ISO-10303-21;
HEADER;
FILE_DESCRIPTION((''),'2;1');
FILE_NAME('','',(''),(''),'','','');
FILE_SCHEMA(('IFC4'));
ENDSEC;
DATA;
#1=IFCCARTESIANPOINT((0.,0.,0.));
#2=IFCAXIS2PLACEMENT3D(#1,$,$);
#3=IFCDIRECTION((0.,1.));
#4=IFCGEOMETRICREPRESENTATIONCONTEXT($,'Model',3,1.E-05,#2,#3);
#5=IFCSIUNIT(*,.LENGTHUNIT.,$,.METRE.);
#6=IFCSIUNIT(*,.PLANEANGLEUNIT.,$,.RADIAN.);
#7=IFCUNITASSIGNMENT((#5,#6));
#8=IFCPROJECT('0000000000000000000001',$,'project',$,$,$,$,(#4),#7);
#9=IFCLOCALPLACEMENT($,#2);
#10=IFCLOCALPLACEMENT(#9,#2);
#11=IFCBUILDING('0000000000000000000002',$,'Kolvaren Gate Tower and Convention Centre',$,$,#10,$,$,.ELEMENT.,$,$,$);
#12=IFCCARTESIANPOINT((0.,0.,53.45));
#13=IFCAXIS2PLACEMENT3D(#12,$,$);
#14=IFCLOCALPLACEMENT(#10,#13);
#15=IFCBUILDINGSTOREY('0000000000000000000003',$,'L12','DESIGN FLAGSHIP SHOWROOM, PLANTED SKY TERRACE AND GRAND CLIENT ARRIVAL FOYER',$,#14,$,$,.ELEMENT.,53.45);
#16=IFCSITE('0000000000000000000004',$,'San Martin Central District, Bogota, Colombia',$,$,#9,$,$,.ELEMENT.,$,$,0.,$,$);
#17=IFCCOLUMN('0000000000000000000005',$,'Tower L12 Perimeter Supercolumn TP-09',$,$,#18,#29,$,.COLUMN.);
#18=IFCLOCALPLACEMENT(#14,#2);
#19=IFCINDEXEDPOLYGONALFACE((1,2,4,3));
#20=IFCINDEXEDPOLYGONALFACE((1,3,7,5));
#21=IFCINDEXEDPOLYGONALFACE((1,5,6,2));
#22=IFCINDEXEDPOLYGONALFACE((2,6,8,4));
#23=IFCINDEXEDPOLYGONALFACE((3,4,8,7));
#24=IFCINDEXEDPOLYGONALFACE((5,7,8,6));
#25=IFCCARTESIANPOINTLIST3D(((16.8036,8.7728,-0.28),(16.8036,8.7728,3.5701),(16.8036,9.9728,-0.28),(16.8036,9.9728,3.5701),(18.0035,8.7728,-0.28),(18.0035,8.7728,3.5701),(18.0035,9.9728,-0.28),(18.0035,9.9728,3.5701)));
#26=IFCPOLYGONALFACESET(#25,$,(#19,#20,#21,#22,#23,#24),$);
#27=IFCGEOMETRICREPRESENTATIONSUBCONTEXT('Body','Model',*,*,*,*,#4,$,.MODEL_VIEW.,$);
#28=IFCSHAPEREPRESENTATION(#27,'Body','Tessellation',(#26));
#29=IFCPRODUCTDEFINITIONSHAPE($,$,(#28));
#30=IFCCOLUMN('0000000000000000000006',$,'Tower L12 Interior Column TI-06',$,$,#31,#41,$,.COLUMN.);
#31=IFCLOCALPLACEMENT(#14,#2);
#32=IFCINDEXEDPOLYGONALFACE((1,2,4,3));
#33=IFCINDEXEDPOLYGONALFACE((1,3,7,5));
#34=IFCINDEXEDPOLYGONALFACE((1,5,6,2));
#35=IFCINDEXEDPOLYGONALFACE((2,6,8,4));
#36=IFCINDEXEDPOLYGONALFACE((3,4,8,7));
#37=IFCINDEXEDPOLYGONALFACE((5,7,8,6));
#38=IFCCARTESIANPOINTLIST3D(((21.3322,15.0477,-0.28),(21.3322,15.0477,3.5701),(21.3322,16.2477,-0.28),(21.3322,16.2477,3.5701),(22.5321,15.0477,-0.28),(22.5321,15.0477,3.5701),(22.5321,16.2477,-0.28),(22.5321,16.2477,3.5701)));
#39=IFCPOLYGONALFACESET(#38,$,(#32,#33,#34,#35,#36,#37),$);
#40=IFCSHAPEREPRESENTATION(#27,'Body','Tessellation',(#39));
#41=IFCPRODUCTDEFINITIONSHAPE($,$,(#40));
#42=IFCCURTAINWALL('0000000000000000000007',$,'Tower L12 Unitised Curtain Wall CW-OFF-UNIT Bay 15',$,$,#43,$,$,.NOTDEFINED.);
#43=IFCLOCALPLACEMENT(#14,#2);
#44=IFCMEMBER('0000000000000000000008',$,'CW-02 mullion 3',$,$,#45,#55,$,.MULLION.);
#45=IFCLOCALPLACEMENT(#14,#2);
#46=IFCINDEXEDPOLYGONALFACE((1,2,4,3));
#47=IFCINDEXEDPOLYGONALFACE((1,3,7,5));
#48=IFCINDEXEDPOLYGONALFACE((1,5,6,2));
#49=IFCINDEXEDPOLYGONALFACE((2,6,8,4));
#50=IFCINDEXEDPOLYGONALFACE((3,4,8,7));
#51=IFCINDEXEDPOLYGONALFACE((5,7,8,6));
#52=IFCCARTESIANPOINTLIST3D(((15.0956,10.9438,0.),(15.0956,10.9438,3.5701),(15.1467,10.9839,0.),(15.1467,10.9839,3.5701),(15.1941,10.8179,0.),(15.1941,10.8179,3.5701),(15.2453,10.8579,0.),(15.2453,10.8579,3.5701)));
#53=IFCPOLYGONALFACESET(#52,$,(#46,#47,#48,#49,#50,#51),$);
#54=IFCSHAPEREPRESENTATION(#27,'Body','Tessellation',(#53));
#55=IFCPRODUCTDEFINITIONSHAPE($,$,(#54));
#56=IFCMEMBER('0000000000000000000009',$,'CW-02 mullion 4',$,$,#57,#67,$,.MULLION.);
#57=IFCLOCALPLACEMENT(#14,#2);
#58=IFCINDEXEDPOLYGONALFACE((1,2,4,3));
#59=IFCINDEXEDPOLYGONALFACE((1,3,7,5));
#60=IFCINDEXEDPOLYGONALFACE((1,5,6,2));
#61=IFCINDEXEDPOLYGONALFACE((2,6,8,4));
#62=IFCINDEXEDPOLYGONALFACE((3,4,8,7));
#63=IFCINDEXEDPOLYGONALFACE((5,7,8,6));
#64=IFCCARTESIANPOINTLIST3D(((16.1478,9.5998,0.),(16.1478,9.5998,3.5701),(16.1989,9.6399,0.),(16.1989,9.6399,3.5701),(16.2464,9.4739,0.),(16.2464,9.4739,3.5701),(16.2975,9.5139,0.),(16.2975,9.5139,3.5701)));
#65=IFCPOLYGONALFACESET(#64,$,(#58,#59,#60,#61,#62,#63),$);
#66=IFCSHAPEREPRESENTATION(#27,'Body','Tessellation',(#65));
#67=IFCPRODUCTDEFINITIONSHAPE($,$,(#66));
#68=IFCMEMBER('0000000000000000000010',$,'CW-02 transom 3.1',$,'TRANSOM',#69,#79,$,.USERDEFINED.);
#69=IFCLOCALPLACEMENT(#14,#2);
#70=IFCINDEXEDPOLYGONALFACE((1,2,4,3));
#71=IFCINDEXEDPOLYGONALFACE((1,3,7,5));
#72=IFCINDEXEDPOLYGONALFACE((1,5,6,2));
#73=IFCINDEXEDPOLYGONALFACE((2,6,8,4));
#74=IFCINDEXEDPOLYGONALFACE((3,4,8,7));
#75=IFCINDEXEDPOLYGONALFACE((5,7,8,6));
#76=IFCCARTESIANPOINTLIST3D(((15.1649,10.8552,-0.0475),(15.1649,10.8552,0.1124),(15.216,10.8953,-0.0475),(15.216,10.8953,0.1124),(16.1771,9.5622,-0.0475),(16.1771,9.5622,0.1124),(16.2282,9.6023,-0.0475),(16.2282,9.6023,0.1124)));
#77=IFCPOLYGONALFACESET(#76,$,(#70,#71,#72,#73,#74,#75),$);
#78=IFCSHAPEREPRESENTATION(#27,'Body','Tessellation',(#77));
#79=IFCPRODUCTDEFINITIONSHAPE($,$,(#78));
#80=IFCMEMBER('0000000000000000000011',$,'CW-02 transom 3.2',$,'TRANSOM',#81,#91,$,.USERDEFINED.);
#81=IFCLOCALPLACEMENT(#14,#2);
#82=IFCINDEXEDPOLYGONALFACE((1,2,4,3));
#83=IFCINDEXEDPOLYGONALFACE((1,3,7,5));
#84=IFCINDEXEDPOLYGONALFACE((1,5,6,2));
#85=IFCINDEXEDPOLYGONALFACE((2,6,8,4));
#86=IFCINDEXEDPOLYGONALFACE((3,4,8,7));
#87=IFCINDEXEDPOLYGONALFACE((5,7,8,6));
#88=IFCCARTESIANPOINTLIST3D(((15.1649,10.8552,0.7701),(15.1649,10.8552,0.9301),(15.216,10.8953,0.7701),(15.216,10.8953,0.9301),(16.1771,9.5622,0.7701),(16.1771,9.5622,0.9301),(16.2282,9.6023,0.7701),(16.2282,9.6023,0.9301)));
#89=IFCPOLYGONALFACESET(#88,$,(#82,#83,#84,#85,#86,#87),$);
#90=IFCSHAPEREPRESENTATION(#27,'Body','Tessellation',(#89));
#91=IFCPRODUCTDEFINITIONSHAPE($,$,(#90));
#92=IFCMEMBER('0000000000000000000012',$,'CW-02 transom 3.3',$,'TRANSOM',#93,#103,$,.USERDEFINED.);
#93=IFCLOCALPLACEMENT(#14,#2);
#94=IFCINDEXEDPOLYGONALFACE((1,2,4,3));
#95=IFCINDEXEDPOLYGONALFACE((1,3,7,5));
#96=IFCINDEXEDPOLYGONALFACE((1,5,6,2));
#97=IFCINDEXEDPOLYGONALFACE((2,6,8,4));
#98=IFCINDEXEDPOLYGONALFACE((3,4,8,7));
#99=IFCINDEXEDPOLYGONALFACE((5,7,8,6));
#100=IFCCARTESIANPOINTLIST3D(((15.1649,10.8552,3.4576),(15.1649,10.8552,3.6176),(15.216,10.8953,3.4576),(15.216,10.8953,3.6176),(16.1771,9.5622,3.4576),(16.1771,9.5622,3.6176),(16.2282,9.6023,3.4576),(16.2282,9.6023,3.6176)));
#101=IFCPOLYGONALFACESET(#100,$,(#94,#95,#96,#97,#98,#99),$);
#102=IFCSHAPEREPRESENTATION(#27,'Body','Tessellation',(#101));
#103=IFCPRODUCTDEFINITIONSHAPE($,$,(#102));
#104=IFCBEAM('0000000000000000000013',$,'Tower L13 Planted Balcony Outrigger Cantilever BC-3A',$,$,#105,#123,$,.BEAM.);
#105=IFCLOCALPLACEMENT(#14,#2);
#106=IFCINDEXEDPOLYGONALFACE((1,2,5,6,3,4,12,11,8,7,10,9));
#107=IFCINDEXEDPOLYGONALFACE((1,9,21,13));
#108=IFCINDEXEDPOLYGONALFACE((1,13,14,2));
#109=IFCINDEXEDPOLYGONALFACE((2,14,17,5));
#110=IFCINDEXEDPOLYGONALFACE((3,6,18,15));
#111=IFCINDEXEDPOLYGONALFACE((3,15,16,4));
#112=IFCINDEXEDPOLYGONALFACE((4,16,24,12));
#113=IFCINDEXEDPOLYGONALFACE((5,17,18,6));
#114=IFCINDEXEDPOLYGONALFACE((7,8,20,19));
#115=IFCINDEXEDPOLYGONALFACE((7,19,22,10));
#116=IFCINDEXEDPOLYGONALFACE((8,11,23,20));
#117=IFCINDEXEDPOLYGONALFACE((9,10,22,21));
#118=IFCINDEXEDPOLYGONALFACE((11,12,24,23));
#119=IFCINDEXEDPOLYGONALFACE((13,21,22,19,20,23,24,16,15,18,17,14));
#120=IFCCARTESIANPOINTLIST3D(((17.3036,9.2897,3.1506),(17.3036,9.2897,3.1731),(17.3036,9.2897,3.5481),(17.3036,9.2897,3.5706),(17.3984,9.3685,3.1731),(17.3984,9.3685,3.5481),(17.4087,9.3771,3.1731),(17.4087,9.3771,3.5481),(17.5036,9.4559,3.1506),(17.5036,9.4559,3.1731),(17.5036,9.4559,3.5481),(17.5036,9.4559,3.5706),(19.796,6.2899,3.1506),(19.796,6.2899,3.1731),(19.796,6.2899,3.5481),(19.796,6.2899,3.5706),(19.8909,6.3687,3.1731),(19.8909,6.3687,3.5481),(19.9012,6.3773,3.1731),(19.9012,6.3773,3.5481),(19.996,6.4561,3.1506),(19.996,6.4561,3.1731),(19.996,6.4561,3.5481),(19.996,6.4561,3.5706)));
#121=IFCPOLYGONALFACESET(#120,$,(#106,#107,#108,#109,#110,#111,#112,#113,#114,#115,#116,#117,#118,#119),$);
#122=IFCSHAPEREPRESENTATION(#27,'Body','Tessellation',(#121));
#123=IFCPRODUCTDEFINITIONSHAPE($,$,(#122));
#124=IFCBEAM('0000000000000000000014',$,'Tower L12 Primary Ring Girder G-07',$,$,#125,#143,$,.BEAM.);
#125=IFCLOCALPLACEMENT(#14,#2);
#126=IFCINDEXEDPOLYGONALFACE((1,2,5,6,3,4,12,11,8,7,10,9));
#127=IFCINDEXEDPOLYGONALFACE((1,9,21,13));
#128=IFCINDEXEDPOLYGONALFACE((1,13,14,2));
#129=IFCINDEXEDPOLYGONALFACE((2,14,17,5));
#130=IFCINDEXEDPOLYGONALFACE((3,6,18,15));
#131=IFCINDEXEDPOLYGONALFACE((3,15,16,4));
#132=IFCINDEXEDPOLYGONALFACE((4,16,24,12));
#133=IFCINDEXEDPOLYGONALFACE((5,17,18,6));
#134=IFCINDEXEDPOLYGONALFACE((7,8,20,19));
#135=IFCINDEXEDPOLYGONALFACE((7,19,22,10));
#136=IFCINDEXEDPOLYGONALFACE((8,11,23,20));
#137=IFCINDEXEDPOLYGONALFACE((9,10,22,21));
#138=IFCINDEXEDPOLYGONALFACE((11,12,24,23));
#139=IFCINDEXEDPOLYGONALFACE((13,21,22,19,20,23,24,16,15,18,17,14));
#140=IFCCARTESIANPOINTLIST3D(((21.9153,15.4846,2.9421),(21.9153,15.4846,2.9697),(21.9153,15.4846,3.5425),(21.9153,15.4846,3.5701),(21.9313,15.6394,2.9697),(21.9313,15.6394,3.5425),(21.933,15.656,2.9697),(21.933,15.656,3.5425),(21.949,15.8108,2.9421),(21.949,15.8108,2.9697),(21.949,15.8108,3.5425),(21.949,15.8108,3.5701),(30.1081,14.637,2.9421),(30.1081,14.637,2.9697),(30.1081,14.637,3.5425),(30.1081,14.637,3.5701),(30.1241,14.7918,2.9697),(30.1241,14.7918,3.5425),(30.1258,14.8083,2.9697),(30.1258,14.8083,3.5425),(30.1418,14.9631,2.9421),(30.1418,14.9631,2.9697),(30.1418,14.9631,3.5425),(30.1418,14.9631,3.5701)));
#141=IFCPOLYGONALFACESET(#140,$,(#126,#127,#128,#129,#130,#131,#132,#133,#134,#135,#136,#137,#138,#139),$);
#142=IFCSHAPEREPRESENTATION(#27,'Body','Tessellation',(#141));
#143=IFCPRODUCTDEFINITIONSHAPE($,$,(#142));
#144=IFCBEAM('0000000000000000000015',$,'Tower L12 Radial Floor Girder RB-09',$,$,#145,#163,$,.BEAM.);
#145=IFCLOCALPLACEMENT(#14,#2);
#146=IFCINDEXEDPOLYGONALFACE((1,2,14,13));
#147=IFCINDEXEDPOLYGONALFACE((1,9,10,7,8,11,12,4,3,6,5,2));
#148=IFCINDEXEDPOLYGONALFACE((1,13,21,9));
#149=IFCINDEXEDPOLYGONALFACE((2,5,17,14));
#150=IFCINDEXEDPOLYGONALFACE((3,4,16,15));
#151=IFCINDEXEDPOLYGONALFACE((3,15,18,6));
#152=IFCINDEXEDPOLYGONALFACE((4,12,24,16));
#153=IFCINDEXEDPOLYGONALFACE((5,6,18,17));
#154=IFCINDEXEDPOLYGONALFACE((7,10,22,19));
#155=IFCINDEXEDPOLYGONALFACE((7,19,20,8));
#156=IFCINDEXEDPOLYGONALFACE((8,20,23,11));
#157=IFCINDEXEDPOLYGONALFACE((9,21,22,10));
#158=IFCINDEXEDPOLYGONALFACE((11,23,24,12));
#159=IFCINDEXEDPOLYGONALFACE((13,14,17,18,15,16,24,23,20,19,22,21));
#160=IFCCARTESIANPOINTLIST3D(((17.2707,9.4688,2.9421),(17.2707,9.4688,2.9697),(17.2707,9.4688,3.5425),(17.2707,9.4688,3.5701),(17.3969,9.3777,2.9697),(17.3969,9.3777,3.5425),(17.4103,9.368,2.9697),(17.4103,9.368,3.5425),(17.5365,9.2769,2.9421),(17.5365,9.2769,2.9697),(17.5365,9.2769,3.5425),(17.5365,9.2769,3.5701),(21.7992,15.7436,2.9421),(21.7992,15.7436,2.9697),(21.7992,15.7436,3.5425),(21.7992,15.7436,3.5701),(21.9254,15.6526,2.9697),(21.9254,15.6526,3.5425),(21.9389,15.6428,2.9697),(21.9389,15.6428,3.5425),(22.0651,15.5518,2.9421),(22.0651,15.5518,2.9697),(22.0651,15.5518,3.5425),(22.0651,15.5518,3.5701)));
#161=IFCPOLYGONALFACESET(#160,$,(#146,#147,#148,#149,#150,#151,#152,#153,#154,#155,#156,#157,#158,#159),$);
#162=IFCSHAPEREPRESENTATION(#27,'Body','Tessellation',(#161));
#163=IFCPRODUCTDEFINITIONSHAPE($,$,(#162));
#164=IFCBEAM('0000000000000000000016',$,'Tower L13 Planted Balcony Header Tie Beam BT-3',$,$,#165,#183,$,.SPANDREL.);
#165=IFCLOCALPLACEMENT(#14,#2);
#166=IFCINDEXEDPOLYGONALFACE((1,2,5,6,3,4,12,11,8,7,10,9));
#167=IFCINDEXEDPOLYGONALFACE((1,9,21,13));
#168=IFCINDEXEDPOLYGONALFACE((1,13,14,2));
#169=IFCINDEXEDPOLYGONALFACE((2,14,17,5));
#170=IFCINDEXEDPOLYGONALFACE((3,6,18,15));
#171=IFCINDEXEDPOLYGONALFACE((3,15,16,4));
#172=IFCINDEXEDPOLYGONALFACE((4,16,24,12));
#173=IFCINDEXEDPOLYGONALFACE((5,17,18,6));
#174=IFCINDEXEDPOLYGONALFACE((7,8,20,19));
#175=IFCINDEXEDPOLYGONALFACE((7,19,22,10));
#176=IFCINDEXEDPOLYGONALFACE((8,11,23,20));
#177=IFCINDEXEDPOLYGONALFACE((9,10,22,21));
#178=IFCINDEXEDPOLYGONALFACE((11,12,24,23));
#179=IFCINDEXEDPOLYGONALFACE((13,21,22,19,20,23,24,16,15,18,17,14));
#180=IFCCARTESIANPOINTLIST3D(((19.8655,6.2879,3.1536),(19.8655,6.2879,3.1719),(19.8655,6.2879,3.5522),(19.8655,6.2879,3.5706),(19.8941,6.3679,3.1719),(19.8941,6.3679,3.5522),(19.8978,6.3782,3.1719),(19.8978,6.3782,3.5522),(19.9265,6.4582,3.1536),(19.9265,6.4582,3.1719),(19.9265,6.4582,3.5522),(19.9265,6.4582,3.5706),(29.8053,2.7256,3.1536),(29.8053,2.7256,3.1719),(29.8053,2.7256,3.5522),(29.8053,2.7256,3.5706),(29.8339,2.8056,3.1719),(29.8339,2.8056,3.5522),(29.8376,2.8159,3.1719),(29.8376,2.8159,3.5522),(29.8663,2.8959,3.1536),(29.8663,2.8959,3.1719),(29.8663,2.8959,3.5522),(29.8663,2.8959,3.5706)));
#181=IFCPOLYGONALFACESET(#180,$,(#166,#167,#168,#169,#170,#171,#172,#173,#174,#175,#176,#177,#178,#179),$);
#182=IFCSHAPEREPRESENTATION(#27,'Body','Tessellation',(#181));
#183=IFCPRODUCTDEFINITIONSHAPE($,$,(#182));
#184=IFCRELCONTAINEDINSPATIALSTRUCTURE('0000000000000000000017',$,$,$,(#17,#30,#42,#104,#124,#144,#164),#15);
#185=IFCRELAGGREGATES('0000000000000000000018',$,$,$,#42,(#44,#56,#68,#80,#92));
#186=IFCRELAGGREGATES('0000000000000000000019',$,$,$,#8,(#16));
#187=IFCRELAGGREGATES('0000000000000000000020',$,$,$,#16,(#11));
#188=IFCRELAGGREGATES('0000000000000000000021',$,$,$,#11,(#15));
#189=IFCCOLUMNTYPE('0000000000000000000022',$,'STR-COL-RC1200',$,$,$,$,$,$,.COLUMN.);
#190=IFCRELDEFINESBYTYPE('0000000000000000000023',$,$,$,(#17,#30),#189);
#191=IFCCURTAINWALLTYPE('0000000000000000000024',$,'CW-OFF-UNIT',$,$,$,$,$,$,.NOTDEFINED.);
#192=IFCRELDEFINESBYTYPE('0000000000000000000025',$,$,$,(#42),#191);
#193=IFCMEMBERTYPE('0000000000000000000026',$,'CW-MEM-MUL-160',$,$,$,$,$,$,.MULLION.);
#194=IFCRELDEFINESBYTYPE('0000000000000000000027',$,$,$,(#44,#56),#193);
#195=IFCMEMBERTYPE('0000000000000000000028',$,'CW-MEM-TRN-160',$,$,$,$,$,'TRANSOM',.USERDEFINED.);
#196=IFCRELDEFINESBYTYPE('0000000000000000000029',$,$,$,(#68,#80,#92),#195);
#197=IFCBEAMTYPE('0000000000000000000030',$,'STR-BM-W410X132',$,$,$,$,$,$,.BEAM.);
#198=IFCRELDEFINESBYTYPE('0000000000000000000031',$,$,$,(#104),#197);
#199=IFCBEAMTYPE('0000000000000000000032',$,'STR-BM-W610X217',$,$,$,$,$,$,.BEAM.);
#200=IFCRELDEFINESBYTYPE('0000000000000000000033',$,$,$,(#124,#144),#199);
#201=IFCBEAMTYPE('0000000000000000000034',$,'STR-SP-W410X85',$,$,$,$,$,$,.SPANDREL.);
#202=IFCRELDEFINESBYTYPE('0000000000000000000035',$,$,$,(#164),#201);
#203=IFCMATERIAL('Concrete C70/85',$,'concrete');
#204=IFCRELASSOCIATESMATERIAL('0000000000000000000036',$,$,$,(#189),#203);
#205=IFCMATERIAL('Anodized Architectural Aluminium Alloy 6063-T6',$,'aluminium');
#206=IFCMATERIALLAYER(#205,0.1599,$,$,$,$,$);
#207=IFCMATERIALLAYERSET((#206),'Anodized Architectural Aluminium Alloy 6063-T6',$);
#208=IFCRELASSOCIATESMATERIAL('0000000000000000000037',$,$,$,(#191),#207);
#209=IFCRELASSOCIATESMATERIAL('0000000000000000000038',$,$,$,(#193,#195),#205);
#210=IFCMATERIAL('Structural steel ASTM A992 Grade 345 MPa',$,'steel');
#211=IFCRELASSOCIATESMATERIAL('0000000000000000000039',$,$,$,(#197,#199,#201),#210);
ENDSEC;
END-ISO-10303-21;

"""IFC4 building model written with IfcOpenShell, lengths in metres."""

from ifc_helpers import new_model, si_unit, direction, frame, origin, origin_2d, place, context, subcontext, project, spatial, rectangle, i_section, extrude, material, layer, layer_set, material_profile, profile_set, type_object, element, aggregate, save


model = new_model("IFC4")

# Units and contexts
model_context = context("Model", 3, precision=1e-05, world=origin(), true_north=direction((0.0, 1.0)))
body_context = subcontext(model_context, "Body", "Model", "MODEL_VIEW")
ifc_project = project(units=[si_unit("LENGTHUNIT", "METRE"), si_unit("PLANEANGLEUNIT", "RADIAN")], contexts=[model_context])

# Site, building, storey
site_placement = place(None, origin())
site = spatial("IfcSite", under=ifc_project, at=site_placement, Name="San Martin Central District, Bogota, Colombia", CompositionType="ELEMENT", RefElevation=0.0)
building_placement = place(site_placement, origin())
building = spatial("IfcBuilding", under=site, at=building_placement, Name="Kolvaren Gate Tower and Convention Centre", CompositionType="ELEMENT")
storey_placement = place(building_placement, frame((0.0, 0.0, 53.45)))
storey = spatial("IfcBuildingStorey", under=building, at=storey_placement, Name="L12", Description="DESIGN FLAGSHIP SHOWROOM, PLANTED SKY TERRACE AND GRAND CLIENT ARRIVAL FOYER", CompositionType="ELEMENT", Elevation=53.45)

# Columns
ifc_material_1 = material(Name="Concrete C70/85", Category="concrete")
ifc_material_profile_1 = material_profile(ifc_material_1, rectangle(XDim=1.2, YDim=1.2, at=origin_2d()), Name="RC-COL-1200X1200")
ifc_profile_set_1 = profile_set([ifc_material_profile_1], Name="Concrete C70/85")
column_type = type_object("IfcColumnType", Name="STR-COL-RC1200", PredefinedType="COLUMN", material=ifc_profile_set_1)
for number, where, z_axis, x_axis, name in (
    (1, (17.4036, 9.3728, -0.28), (0.0, 0.0, 1.0), (1.0, 0.0, 0.0), "Tower L12 Perimeter Supercolumn TP-09"),
    (2, (21.9321, 15.6477, -0.28), (0.0, 0.0, 1.0), (1.0, 0.0, 0.0), "Tower L12 Interior Column TI-06"),
):
    element("IfcColumn", number, at=place(storey_placement, frame(where, z_axis=z_axis, x_axis=x_axis)), inside=storey, type_object=column_type, Name=name, PredefinedType="COLUMN", context=body_context, shape_type="SweptSolid", body=[
        extrude(rectangle(XDim=1.2, YDim=1.2, at=origin_2d()), origin(), (0.0, 0.0, 1.0), 3.8501),
    ])

# Curtain wall, members
ifc_material_2 = material(Name="Anodized Architectural Aluminium Alloy 6063-T6", Category="aluminium")
ifc_layer_1 = layer(ifc_material_2, 0.1599)
ifc_layer_set_1 = layer_set([ifc_layer_1], Name="Anodized Architectural Aluminium Alloy 6063-T6")
curtain_wall_type = type_object("IfcCurtainWallType", Name="CW-OFF-UNIT", PredefinedType="NOTDEFINED", material=ifc_layer_set_1)
curtain_wall_placement = place(storey_placement, origin())
curtain_wall = element("IfcCurtainWall", 3, at=curtain_wall_placement, inside=storey, type_object=curtain_wall_type, Name="Tower L12 Unitised Curtain Wall CW-OFF-UNIT Bay 15", PredefinedType="NOTDEFINED")
ifc_material_profile_2 = material_profile(ifc_material_2, rectangle(XDim=0.0649, YDim=0.1599, at=origin_2d()), Name="CW-MEM-MUL-160")
ifc_profile_set_2 = profile_set([ifc_material_profile_2], Name="Anodized Architectural Aluminium Alloy 6063-T6")
member_type_1 = type_object("IfcMemberType", Name="CW-MEM-MUL-160", PredefinedType="MULLION", material=ifc_profile_set_2)
member_1_placement = place(storey_placement, frame((15.1704, 10.9009, 0.0), z_axis=(0.0, 0.0, 1.0), x_axis=(0.787412, 0.616427, 0.0)))
member_1 = element("IfcMember", 4, at=member_1_placement, type_object=member_type_1, Name="CW-02 mullion 3", PredefinedType="MULLION", context=body_context, shape_type="SweptSolid", body=[
    extrude(rectangle(XDim=0.0649, YDim=0.1599, at=origin_2d()), origin(), (0.0, 0.0, 1.0), 3.5701),
])
member_2_placement = place(storey_placement, frame((16.2227, 9.5569, 0.0), z_axis=(0.0, 0.0, 1.0), x_axis=(0.787412, 0.616427, 0.0)))
member_2 = element("IfcMember", 5, at=member_2_placement, type_object=member_type_1, Name="CW-02 mullion 4", PredefinedType="MULLION", context=body_context, shape_type="SweptSolid", body=[
    extrude(rectangle(XDim=0.0649, YDim=0.1599, at=origin_2d()), origin(), (0.0, 0.0, 1.0), 3.5701),
])
ifc_material_profile_3 = material_profile(ifc_material_2, rectangle(XDim=0.0649, YDim=0.1599, at=origin_2d()), Name="CW-MEM-TRN-160")
ifc_profile_set_3 = profile_set([ifc_material_profile_3], Name="Anodized Architectural Aluminium Alloy 6063-T6")
member_type_2 = type_object("IfcMemberType", Name="CW-MEM-TRN-160", ElementType="TRANSOM", PredefinedType="USERDEFINED", material=ifc_profile_set_3)
member_3_placement = place(storey_placement, frame((15.1904, 10.8752, 0.0325), z_axis=(0.616429, -0.787411, 0.0), x_axis=(0.787411, 0.616429, 0.0)))
member_3 = element("IfcMember", 6, at=member_3_placement, type_object=member_type_2, Name="CW-02 transom 3.1", ObjectType="TRANSOM", PredefinedType="USERDEFINED", context=body_context, shape_type="SweptSolid", body=[
    extrude(rectangle(XDim=0.0649, YDim=0.1599, at=origin_2d()), origin(), (0.0, 0.0, 1.0), 1.6421),
])
member_4_placement = place(storey_placement, frame((15.1904, 10.8752, 0.8501), z_axis=(0.616429, -0.787411, 0.0), x_axis=(0.787411, 0.616429, 0.0)))
member_4 = element("IfcMember", 7, at=member_4_placement, type_object=member_type_2, Name="CW-02 transom 3.2", ObjectType="TRANSOM", PredefinedType="USERDEFINED", context=body_context, shape_type="SweptSolid", body=[
    extrude(rectangle(XDim=0.0649, YDim=0.1599, at=origin_2d()), origin(), (0.0, 0.0, 1.0), 1.6421),
])
member_5_placement = place(storey_placement, frame((15.1904, 10.8752, 3.5376), z_axis=(0.616429, -0.787411, 0.0), x_axis=(0.787411, 0.616429, 0.0)))
member_5 = element("IfcMember", 8, at=member_5_placement, type_object=member_type_2, Name="CW-02 transom 3.3", ObjectType="TRANSOM", PredefinedType="USERDEFINED", context=body_context, shape_type="SweptSolid", body=[
    extrude(rectangle(XDim=0.0649, YDim=0.1599, at=origin_2d()), origin(), (0.0, 0.0, 1.0), 1.6421),
])

# Beams
ifc_material_3 = material(Name="Structural steel ASTM A992 Grade 345 MPa", Category="steel")
ifc_material_profile_4 = material_profile(ifc_material_3, i_section(OverallWidth=0.26, OverallDepth=0.4199, WebThickness=0.0134, FlangeThickness=0.0225, at=origin_2d()), Name="W410X132")
ifc_profile_set_4 = profile_set([ifc_material_profile_4], Name="Structural steel ASTM A992 Grade 345 MPa")
beam_type_1 = type_object("IfcBeamType", Name="STR-BM-W410X132", PredefinedType="BEAM", material=ifc_profile_set_4)
beam_1_placement = place(storey_placement, frame((17.4036, 9.3728, 3.3606), z_axis=(0.639069, -0.769149, 0.0), x_axis=(0.769149, 0.639069, 0.0)))
element("IfcBeam", 9, at=beam_1_placement, inside=storey, type_object=beam_type_1, Name="Tower L13 Planted Balcony Outrigger Cantilever BC-3A", PredefinedType="BEAM", context=body_context, shape_type="SweptSolid", body=[
    extrude(i_section(OverallWidth=0.26, OverallDepth=0.4199, WebThickness=0.0134, FlangeThickness=0.0225, at=origin_2d()), origin(), (0.0, 0.0, 1.0), 3.9001),
])
ifc_material_profile_5 = material_profile(ifc_material_3, i_section(OverallWidth=0.3279, OverallDepth=0.6279, WebThickness=0.0166, FlangeThickness=0.0276, at=origin_2d()), Name="W610X217")
ifc_profile_set_5 = profile_set([ifc_material_profile_5], Name="Structural steel ASTM A992 Grade 345 MPa")
beam_type_2 = type_object("IfcBeamType", Name="STR-BM-W610X217", PredefinedType="BEAM", material=ifc_profile_set_5)
beam_2_placement = place(storey_placement, frame((21.9321, 15.6477, 3.2561), z_axis=(0.99469, -0.102913, 0.0), x_axis=(0.102913, 0.99469, 0.0)))
element("IfcBeam", 10, at=beam_2_placement, inside=storey, type_object=beam_type_2, Name="Tower L12 Primary Ring Girder G-07", PredefinedType="BEAM", context=body_context, shape_type="SweptSolid", body=[
    extrude(i_section(OverallWidth=0.3279, OverallDepth=0.6279, WebThickness=0.0166, FlangeThickness=0.0276, at=origin_2d()), origin(), (0.0, 0.0, 1.0), 8.2366),
])
beam_3_placement = place(storey_placement, frame((21.9321, 15.6477, 3.2561), z_axis=(-0.585209, -0.810882, 0.0), x_axis=(0.810882, -0.585209, 0.0)))
element("IfcBeam", 11, at=beam_3_placement, inside=storey, type_object=beam_type_2, Name="Tower L12 Radial Floor Girder RB-09", PredefinedType="BEAM", context=body_context, shape_type="SweptSolid", body=[
    extrude(i_section(OverallWidth=0.3279, OverallDepth=0.6279, WebThickness=0.0166, FlangeThickness=0.0276, at=origin_2d()), origin(), (0.0, 0.0, 1.0), 7.7383),
])
ifc_material_profile_6 = material_profile(ifc_material_3, i_section(OverallWidth=0.1809, OverallDepth=0.417, WebThickness=0.011, FlangeThickness=0.0183, at=origin_2d()), Name="W410X85")
ifc_profile_set_6 = profile_set([ifc_material_profile_6], Name="Structural steel ASTM A992 Grade 345 MPa")
beam_type_3 = type_object("IfcBeamType", Name="STR-SP-W410X85", PredefinedType="SPANDREL", material=ifc_profile_set_6)
beam_4_placement = place(storey_placement, frame((19.896, 6.373, 3.3621), z_axis=(0.94137, -0.337375, 0.0), x_axis=(0.337375, 0.94137, 0.0)))
element("IfcBeam", 12, at=beam_4_placement, inside=storey, type_object=beam_type_3, Name="Tower L13 Planted Balcony Header Tie Beam BT-3", PredefinedType="SPANDREL", context=body_context, shape_type="SweptSolid", body=[
    extrude(i_section(OverallWidth=0.1809, OverallDepth=0.417, WebThickness=0.011, FlangeThickness=0.0183, at=origin_2d()), origin(), (0.0, 0.0, 1.0), 10.5588),
])

aggregate(curtain_wall, [member_1, member_2, member_3, member_4, member_5])

save(model, "model.ifc")
